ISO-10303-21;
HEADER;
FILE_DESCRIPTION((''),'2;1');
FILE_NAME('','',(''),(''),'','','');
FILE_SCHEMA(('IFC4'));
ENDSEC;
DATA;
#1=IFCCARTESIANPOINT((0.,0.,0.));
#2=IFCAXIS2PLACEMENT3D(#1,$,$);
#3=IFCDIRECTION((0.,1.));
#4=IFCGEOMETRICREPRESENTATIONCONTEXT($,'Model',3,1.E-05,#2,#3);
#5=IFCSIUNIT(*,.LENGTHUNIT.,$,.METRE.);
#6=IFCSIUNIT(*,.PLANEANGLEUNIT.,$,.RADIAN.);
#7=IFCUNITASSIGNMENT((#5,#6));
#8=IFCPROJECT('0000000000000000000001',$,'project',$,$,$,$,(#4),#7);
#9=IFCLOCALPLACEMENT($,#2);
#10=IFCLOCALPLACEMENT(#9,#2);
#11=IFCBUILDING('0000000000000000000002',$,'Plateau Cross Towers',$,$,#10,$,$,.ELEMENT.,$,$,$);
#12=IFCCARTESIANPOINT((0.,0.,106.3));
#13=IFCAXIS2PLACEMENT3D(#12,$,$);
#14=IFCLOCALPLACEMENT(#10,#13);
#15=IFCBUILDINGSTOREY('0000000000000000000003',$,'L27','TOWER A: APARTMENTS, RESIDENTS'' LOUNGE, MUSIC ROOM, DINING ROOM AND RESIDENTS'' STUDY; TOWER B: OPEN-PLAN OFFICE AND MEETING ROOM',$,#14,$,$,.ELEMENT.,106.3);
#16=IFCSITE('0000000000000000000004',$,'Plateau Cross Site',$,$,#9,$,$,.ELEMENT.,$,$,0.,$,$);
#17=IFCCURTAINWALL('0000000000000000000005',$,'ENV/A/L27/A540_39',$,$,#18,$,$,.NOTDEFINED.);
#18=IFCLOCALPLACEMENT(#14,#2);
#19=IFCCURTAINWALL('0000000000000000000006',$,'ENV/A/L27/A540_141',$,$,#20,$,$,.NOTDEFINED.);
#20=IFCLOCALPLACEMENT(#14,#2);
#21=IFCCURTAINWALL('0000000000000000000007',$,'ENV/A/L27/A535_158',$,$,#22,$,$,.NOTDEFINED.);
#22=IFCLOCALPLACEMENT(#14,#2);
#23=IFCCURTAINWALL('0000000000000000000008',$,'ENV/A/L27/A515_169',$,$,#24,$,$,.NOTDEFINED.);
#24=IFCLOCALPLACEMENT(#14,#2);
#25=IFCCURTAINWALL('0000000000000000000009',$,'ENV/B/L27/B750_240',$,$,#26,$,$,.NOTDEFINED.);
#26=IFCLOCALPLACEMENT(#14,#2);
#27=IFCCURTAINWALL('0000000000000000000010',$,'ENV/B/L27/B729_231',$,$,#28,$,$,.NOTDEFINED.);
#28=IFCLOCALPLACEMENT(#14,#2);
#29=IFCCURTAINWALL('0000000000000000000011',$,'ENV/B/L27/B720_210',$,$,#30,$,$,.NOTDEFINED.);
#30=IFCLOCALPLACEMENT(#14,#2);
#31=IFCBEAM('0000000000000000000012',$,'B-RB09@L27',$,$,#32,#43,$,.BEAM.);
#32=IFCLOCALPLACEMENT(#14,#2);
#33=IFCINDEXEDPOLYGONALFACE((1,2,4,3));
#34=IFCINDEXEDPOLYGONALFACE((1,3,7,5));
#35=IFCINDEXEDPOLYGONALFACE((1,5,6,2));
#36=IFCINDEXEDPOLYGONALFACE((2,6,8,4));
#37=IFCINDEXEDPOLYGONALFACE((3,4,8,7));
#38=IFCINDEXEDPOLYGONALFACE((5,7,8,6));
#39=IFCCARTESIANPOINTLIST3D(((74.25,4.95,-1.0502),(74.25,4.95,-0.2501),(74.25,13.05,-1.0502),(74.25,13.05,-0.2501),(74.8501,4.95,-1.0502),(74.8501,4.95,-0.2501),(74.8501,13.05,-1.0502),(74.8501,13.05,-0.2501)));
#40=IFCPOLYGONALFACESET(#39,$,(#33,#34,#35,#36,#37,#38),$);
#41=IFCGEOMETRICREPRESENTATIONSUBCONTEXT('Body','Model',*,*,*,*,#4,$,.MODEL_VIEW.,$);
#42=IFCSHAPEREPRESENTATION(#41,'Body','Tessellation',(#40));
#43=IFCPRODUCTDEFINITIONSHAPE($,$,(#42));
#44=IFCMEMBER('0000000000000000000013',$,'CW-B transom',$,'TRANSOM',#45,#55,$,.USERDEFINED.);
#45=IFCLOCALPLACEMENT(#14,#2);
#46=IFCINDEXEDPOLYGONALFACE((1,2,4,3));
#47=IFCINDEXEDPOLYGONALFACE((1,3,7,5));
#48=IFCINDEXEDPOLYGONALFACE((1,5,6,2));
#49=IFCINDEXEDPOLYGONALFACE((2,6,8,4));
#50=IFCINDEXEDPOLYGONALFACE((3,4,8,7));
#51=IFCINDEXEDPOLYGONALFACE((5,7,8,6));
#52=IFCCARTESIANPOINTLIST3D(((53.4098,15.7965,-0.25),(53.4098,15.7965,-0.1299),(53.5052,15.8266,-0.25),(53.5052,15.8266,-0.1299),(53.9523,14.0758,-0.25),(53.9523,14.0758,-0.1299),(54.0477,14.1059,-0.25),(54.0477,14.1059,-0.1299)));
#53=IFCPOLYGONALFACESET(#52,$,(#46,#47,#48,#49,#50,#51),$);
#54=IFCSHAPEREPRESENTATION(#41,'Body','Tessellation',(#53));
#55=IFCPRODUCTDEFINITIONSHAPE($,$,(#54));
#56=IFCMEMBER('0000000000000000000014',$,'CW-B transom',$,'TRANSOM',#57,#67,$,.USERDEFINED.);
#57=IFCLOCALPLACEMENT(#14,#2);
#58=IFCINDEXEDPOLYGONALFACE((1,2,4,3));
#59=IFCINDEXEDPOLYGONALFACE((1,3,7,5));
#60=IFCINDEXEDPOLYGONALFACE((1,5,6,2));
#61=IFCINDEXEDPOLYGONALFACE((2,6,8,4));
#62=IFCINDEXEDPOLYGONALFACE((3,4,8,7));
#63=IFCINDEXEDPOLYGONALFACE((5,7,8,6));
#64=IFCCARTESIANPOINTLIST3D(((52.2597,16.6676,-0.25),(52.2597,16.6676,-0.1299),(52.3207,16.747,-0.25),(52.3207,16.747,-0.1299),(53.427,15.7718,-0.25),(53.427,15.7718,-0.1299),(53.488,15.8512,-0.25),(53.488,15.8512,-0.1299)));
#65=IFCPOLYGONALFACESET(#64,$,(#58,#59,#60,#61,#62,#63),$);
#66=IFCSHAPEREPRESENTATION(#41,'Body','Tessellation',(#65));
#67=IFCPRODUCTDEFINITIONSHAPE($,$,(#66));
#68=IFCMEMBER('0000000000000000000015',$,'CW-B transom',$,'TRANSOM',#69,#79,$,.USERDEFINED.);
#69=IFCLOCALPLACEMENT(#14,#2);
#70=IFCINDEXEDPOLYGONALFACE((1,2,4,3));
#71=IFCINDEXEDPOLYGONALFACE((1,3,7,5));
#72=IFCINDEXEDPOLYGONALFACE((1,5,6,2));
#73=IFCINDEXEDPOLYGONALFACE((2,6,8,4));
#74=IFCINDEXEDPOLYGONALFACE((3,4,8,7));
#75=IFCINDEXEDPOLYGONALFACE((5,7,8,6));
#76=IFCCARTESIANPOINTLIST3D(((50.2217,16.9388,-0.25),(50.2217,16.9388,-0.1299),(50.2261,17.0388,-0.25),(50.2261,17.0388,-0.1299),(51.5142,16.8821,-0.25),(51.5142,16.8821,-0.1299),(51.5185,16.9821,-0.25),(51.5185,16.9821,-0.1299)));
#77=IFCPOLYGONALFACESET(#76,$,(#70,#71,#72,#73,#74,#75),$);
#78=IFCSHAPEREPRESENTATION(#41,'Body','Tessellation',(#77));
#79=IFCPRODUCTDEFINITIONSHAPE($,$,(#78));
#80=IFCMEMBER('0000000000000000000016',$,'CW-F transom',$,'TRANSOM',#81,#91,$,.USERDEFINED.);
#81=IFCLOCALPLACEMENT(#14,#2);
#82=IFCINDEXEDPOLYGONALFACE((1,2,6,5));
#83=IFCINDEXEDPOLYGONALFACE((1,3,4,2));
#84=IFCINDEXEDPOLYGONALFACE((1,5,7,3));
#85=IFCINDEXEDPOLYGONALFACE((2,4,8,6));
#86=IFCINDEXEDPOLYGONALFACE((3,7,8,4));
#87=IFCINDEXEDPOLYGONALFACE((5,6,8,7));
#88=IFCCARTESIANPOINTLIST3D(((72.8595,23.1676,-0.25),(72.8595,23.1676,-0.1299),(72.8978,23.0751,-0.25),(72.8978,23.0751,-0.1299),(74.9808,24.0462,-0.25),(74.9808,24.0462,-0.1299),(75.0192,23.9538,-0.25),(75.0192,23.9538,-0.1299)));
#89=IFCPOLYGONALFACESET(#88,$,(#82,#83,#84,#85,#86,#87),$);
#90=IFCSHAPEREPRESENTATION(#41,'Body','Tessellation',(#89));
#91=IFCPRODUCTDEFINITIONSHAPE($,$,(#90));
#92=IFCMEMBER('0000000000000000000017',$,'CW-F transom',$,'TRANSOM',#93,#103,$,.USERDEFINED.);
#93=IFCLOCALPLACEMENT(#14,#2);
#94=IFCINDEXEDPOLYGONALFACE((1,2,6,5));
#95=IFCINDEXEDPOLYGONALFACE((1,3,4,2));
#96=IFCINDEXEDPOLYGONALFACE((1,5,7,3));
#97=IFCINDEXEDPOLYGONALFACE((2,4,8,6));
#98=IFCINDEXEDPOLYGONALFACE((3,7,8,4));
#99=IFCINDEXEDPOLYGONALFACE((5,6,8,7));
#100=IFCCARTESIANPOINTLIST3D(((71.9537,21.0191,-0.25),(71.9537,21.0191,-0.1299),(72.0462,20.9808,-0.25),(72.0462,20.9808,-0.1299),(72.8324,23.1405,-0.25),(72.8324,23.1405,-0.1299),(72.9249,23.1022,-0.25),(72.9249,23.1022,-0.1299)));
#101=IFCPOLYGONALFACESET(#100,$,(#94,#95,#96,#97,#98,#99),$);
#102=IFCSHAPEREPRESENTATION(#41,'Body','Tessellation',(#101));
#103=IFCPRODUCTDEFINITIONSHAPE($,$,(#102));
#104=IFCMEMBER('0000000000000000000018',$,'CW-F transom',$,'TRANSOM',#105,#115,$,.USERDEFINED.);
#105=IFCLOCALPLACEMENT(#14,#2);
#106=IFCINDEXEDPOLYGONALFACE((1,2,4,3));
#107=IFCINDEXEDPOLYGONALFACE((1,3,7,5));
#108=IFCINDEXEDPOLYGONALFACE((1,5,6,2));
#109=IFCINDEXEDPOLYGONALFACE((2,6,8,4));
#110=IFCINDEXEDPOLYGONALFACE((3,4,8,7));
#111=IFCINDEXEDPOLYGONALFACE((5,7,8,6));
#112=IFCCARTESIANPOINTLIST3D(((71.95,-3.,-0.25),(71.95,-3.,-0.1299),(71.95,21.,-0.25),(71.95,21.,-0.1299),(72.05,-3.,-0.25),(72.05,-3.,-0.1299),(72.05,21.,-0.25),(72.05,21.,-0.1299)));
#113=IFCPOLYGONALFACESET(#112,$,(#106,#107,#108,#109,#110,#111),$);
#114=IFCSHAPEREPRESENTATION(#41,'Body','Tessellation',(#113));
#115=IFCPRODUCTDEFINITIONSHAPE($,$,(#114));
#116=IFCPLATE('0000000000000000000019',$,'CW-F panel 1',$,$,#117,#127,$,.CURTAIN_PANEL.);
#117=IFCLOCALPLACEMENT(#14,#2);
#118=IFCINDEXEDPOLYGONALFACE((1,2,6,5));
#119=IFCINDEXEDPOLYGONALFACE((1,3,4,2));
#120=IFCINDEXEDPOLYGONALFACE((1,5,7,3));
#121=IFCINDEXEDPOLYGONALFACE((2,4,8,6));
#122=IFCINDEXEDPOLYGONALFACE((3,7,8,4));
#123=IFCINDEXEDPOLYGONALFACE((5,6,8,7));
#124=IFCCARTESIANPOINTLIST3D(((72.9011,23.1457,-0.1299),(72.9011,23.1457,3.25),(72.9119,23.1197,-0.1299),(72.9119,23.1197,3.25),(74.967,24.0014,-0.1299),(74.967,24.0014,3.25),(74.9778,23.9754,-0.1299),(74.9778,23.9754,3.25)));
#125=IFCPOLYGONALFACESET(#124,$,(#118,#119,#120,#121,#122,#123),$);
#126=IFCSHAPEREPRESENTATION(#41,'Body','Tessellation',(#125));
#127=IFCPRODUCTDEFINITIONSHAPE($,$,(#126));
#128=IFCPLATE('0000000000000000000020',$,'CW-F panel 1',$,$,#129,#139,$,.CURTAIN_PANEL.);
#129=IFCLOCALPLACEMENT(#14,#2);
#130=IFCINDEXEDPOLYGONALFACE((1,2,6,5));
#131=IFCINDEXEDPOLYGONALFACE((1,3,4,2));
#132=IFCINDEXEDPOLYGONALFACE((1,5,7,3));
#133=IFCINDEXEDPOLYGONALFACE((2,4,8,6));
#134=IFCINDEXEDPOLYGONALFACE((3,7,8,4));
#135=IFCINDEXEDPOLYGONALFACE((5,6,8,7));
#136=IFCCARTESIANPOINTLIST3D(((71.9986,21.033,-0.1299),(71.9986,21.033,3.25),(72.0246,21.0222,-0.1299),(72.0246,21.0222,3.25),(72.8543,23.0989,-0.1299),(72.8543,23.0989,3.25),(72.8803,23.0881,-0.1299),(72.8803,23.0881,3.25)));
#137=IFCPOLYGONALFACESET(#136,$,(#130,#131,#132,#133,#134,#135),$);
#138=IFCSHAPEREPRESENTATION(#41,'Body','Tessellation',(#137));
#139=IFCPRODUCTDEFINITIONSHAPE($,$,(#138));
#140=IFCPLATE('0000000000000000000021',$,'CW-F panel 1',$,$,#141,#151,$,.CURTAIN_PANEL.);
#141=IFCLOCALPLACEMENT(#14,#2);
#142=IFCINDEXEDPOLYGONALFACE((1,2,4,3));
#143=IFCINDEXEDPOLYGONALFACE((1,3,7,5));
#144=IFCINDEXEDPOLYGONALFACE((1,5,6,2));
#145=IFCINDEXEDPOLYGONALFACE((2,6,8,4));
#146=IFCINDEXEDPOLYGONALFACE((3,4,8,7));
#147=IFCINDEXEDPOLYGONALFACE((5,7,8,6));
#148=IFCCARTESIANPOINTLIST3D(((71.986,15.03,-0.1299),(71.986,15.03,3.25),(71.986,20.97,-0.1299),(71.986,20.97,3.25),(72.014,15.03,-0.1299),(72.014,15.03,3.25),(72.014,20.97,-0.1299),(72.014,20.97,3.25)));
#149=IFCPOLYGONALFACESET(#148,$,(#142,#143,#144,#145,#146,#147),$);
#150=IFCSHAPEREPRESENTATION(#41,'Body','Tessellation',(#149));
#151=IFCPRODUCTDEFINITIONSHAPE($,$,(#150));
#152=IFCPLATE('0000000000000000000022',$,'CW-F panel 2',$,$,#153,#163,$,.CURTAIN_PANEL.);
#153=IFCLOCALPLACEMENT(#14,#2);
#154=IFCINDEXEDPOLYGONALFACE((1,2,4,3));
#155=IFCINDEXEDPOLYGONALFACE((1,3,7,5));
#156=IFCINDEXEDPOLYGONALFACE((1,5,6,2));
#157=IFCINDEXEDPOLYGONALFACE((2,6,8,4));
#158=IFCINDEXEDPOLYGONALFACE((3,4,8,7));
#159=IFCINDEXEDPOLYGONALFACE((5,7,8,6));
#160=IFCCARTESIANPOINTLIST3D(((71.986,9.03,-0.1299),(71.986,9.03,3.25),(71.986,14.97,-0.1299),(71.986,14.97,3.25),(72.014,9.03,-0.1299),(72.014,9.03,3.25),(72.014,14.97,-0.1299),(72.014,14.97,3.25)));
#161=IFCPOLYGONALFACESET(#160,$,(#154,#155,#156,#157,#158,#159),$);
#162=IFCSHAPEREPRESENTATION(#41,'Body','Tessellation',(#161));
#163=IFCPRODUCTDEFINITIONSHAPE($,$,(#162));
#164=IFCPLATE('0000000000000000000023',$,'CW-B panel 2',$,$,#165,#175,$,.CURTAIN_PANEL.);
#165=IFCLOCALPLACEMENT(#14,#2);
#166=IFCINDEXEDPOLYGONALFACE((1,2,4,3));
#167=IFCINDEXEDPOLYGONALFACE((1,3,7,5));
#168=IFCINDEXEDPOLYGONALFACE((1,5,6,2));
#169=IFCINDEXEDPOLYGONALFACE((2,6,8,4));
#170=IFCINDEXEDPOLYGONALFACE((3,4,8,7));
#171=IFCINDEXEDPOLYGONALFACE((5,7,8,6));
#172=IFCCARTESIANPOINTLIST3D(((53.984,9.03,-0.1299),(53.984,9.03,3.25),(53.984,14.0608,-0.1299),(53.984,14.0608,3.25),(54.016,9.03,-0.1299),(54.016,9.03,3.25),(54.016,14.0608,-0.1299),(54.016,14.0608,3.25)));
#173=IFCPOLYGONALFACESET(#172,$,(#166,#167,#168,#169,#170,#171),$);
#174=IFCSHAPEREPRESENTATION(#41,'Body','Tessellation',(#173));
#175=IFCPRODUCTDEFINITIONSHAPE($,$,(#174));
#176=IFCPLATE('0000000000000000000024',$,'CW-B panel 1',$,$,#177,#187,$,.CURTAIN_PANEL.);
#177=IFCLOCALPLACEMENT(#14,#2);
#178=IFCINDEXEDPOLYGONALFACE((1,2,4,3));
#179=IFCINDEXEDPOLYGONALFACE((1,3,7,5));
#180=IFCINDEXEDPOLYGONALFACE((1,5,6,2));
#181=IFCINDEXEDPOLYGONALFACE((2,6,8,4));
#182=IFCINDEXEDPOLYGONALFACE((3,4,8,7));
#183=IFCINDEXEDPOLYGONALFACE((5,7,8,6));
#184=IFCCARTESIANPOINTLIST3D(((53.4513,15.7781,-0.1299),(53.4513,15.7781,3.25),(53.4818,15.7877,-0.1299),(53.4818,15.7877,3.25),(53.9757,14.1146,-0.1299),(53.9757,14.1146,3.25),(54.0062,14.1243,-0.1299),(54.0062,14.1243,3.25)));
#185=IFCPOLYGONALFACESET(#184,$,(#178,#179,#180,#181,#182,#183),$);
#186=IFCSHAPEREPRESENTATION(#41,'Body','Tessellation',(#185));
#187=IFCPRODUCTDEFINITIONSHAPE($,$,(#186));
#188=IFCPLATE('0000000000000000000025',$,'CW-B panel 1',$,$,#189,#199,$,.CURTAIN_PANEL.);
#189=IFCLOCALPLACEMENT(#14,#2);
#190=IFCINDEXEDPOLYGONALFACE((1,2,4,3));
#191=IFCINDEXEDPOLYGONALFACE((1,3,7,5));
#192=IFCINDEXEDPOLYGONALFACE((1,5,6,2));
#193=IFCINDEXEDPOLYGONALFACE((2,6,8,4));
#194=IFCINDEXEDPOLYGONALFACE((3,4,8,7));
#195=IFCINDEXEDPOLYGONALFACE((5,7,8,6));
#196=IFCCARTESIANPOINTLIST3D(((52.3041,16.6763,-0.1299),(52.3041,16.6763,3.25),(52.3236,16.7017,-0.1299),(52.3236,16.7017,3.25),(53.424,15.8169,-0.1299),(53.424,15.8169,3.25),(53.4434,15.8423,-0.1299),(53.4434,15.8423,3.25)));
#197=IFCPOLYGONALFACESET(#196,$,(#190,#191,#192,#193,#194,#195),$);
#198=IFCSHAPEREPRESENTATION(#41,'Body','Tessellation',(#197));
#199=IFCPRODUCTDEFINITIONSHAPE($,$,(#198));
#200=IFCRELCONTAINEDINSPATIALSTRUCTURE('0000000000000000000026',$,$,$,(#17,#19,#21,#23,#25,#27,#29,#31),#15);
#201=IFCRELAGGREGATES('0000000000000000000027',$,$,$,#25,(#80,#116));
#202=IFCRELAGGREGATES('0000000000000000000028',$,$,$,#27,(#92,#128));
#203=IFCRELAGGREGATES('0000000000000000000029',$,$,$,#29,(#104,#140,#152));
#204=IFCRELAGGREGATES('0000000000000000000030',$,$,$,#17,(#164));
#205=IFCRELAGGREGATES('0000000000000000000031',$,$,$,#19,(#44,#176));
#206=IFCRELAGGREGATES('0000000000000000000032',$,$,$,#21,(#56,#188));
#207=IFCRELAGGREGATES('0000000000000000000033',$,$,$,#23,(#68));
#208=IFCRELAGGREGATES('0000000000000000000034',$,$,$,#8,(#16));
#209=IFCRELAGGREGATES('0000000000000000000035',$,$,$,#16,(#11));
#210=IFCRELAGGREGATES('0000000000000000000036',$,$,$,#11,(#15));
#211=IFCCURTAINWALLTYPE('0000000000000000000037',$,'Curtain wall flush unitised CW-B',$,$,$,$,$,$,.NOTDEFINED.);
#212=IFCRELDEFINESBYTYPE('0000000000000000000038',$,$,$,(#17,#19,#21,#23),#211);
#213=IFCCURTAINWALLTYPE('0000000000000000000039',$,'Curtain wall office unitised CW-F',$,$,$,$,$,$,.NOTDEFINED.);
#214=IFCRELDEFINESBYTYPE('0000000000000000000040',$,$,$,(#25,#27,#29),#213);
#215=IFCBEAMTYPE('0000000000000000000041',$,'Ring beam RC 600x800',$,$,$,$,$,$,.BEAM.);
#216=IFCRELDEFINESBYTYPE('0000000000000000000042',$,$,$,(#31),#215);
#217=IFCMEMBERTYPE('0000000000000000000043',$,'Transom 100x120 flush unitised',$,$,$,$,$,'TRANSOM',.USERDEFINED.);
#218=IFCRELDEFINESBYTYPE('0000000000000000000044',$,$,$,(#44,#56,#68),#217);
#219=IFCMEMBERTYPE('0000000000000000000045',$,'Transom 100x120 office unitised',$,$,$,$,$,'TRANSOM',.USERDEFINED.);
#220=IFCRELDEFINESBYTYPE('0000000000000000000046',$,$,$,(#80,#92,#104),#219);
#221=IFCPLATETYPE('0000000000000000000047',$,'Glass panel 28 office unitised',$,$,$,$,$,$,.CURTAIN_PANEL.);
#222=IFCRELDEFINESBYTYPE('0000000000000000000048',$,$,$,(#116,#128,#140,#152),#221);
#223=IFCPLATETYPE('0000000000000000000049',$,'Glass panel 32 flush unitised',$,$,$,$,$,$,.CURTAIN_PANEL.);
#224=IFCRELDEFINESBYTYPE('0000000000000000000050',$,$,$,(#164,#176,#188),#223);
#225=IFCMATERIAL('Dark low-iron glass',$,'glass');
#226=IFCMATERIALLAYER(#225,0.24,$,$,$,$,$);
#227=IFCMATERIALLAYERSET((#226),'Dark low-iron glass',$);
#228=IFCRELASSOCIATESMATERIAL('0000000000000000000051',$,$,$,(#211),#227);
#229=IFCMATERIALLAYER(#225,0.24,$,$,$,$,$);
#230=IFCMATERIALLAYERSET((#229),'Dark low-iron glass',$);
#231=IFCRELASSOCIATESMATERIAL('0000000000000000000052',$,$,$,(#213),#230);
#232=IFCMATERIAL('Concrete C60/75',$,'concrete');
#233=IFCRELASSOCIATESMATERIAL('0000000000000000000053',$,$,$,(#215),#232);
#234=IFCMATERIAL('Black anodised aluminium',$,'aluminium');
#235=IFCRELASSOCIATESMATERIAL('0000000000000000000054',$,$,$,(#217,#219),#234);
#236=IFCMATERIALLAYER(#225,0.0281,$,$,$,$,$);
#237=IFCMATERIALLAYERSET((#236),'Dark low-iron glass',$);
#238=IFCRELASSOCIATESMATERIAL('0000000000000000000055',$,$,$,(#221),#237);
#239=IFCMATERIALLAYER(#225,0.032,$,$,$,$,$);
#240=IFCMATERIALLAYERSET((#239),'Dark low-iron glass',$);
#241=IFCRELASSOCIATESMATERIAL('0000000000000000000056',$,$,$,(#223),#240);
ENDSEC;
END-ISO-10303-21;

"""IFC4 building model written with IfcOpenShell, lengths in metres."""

from ifc_helpers import new_model, si_unit, direction, frame, origin, origin_2d, place, context, subcontext, project, spatial, rectangle, extrude, material, layer, layer_set, material_profile, profile_set, type_object, element, aggregate, save


model = new_model("IFC4")

# Units and contexts
model_context = context("Model", 3, precision=1e-05, world=origin(), true_north=direction((0.0, 1.0)))
body_context = subcontext(model_context, "Body", "Model", "MODEL_VIEW")
ifc_project = project(units=[si_unit("LENGTHUNIT", "METRE"), si_unit("PLANEANGLEUNIT", "RADIAN")], contexts=[model_context])

# Site, building, storey
site_placement = place(None, origin())
site = spatial("IfcSite", under=ifc_project, at=site_placement, Name="Plateau Cross Site", CompositionType="ELEMENT", RefElevation=0.0)
building_placement = place(site_placement, origin())
building = spatial("IfcBuilding", under=site, at=building_placement, Name="Plateau Cross Towers", CompositionType="ELEMENT")
storey_placement = place(building_placement, frame((0.0, 0.0, 106.3)))
storey = spatial("IfcBuildingStorey", under=building, at=storey_placement, Name="L27", Description="TOWER A: APARTMENTS, RESIDENTS' LOUNGE, MUSIC ROOM, DINING ROOM AND RESIDENTS' STUDY; TOWER B: OPEN-PLAN OFFICE AND MEETING ROOM", CompositionType="ELEMENT", Elevation=106.3)

# Shared definitions
ifc_material_1 = material(Name="Concrete C60/75", Category="concrete")

# Curtain walls
ifc_material_2 = material(Name="Dark low-iron glass", Category="glass")
ifc_layer_1 = layer(ifc_material_2, 0.24)
ifc_layer_set_1 = layer_set([ifc_layer_1], Name="Dark low-iron glass")
curtain_wall_type_1 = type_object("IfcCurtainWallType", Name="Curtain wall flush unitised CW-B", PredefinedType="NOTDEFINED", material=ifc_layer_set_1)
curtain_wall_1_placement = place(storey_placement, origin())
curtain_wall_1 = element("IfcCurtainWall", 1, at=curtain_wall_1_placement, inside=storey, type_object=curtain_wall_type_1, Name="ENV/A/L27/A540_39", PredefinedType="NOTDEFINED")
ifc_material_3 = material(Name="Black anodised aluminium", Category="aluminium")
curtain_wall_2_placement = place(storey_placement, origin())
curtain_wall_2 = element("IfcCurtainWall", 2, at=curtain_wall_2_placement, inside=storey, type_object=curtain_wall_type_1, Name="ENV/A/L27/A540_141", PredefinedType="NOTDEFINED")

# Curtain wall
curtain_wall_3_placement = place(storey_placement, origin())
curtain_wall_3 = element("IfcCurtainWall", 3, at=curtain_wall_3_placement, inside=storey, type_object=curtain_wall_type_1, Name="ENV/A/L27/A535_158", PredefinedType="NOTDEFINED")

# Curtain walls
curtain_wall_4_placement = place(storey_placement, origin())
curtain_wall_4 = element("IfcCurtainWall", 4, at=curtain_wall_4_placement, inside=storey, type_object=curtain_wall_type_1, Name="ENV/A/L27/A515_169", PredefinedType="NOTDEFINED")
ifc_layer_2 = layer(ifc_material_2, 0.24)
ifc_layer_set_2 = layer_set([ifc_layer_2], Name="Dark low-iron glass")
curtain_wall_type_2 = type_object("IfcCurtainWallType", Name="Curtain wall office unitised CW-F", PredefinedType="NOTDEFINED", material=ifc_layer_set_2)
curtain_wall_5_placement = place(storey_placement, origin())
curtain_wall_5 = element("IfcCurtainWall", 5, at=curtain_wall_5_placement, inside=storey, type_object=curtain_wall_type_2, Name="ENV/B/L27/B750_240", PredefinedType="NOTDEFINED")
curtain_wall_6_placement = place(storey_placement, origin())
curtain_wall_6 = element("IfcCurtainWall", 6, at=curtain_wall_6_placement, inside=storey, type_object=curtain_wall_type_2, Name="ENV/B/L27/B729_231", PredefinedType="NOTDEFINED")

# Curtain wall
curtain_wall_7_placement = place(storey_placement, origin())
curtain_wall_7 = element("IfcCurtainWall", 7, at=curtain_wall_7_placement, inside=storey, type_object=curtain_wall_type_2, Name="ENV/B/L27/B720_210", PredefinedType="NOTDEFINED")

# Beam
ifc_material_profile_1 = material_profile(ifc_material_1, rectangle(XDim=0.6001, YDim=0.8, at=origin_2d()), Name="RC 600x800")
ifc_profile_set_1 = profile_set([ifc_material_profile_1], Name="Concrete C60/75")
beam_type = type_object("IfcBeamType", Name="Ring beam RC 600x800", PredefinedType="BEAM", material=ifc_profile_set_1)
for number, where, z_axis, x_axis, name in (
    (8, (74.55, 13.05, -0.6501), (0.0, -1.0, 0.0), (1.0, 0.0, 0.0), "B-RB09@L27"),
):
    element("IfcBeam", number, at=place(storey_placement, frame(where, z_axis=z_axis, x_axis=x_axis)), inside=storey, type_object=beam_type, Name=name, PredefinedType="BEAM", context=body_context, shape_type="SweptSolid", body=[
        extrude(rectangle(XDim=0.6001, YDim=0.8, at=origin_2d()), origin(), (0.0, 0.0, 1.0), 8.1001),
    ])

# Members
ifc_material_profile_2 = material_profile(ifc_material_3, rectangle(XDim=0.1001, YDim=0.1201, at=origin_2d()), Name="TRANSOM 100x120")
ifc_profile_set_2 = profile_set([ifc_material_profile_2], Name="Black anodised aluminium")
member_type_1 = type_object("IfcMemberType", Name="Transom 100x120 flush unitised", ElementType="TRANSOM", PredefinedType="USERDEFINED", material=ifc_profile_set_2)
member_1_placement = place(storey_placement, frame((54.0, 14.0908, -0.1899), z_axis=(-0.300678, 0.953726, 0.0), x_axis=(-0.953726, -0.300678, 0.0)))
member_1 = element("IfcMember", 9, at=member_1_placement, type_object=member_type_1, Name="CW-B transom", ObjectType="TRANSOM", PredefinedType="USERDEFINED", context=body_context, shape_type="SweptSolid", body=[
    extrude(rectangle(XDim=0.1001, YDim=0.1201, at=origin_2d()), origin(), (0.0, 0.0, 1.0), 1.8042),
])
member_2_placement = place(storey_placement, frame((53.4575, 15.8115, -0.1899), z_axis=(-0.793321, 0.608804, 0.0), x_axis=(-0.608804, -0.793321, 0.0)))
member_2 = element("IfcMember", 10, at=member_2_placement, type_object=member_type_1, Name="CW-B transom", ObjectType="TRANSOM", PredefinedType="USERDEFINED", context=body_context, shape_type="SweptSolid", body=[
    extrude(rectangle(XDim=0.1001, YDim=0.1201, at=origin_2d()), origin(), (0.0, 0.0, 1.0), 1.4714),
])
member_3_placement = place(storey_placement, frame((51.5164, 16.9321, -0.1899), z_axis=(-0.999041, 0.043781, 0.0), x_axis=(-0.043781, -0.999041, 0.0)))
member_3 = element("IfcMember", 11, at=member_3_placement, type_object=member_type_1, Name="CW-B transom", ObjectType="TRANSOM", PredefinedType="USERDEFINED", context=body_context, shape_type="SweptSolid", body=[
    extrude(rectangle(XDim=0.1001, YDim=0.1201, at=origin_2d()), origin(), (0.0, 0.0, 1.0), 1.2937),
])
ifc_material_profile_3 = material_profile(ifc_material_3, rectangle(XDim=0.1001, YDim=0.1201, at=origin_2d()), Name="TRANSOM 100x120")
ifc_profile_set_3 = profile_set([ifc_material_profile_3], Name="Black anodised aluminium")
member_type_2 = type_object("IfcMemberType", Name="Transom 100x120 office unitised", ElementType="TRANSOM", PredefinedType="USERDEFINED", material=ifc_profile_set_3)
member_4_placement = place(storey_placement, frame((75.0, 24.0, -0.1899), z_axis=(-0.923883, -0.382674, 0.0), x_axis=(0.382674, -0.923883, 0.0)))
member_4 = element("IfcMember", 12, at=member_4_placement, type_object=member_type_2, Name="CW-F transom", ObjectType="TRANSOM", PredefinedType="USERDEFINED", context=body_context, shape_type="SweptSolid", body=[
    extrude(rectangle(XDim=0.1001, YDim=0.1201, at=origin_2d()), origin(), (0.0, 0.0, 1.0), 2.2961),
])
member_5_placement = place(storey_placement, frame((72.8787, 23.1213, -0.1899), z_axis=(-0.382674, -0.923883, 0.0), x_axis=(0.923883, -0.382674, 0.0)))
member_5 = element("IfcMember", 13, at=member_5_placement, type_object=member_type_2, Name="CW-F transom", ObjectType="TRANSOM", PredefinedType="USERDEFINED", context=body_context, shape_type="SweptSolid", body=[
    extrude(rectangle(XDim=0.1001, YDim=0.1201, at=origin_2d()), origin(), (0.0, 0.0, 1.0), 2.2961),
])
member_6_placement = place(storey_placement, frame((72.0, 21.0, -0.1899), z_axis=(0.0, -1.0, 0.0), x_axis=(1.0, 0.0, 0.0)))
member_6 = element("IfcMember", 14, at=member_6_placement, type_object=member_type_2, Name="CW-F transom", ObjectType="TRANSOM", PredefinedType="USERDEFINED", context=body_context, shape_type="SweptSolid", body=[
    extrude(rectangle(XDim=0.1001, YDim=0.1201, at=origin_2d()), origin(), (0.0, 0.0, 1.0), 24.0),
])

# Plates
ifc_layer_3 = layer(ifc_material_2, 0.0281)
ifc_layer_set_3 = layer_set([ifc_layer_3], Name="Dark low-iron glass")
plate_type_1 = type_object("IfcPlateType", Name="Glass panel 28 office unitised", PredefinedType="CURTAIN_PANEL", material=ifc_layer_set_3)
plate_1_placement = place(storey_placement, frame((73.9395, 23.5605, -0.1299), z_axis=(0.0, 0.0, 1.0), x_axis=(-0.923879, -0.382684, 0.0)))
plate_1 = element("IfcPlate", 15, at=plate_1_placement, type_object=plate_type_1, Name="CW-F panel 1", PredefinedType="CURTAIN_PANEL", context=body_context, shape_type="SweptSolid", body=[
    extrude(rectangle(XDim=2.2361, YDim=0.0281, at=origin_2d()), origin(), (0.0, 0.0, 1.0), 3.3799),
])
aggregate(curtain_wall_5, [member_4, plate_1])
plate_2_placement = place(storey_placement, frame((72.4395, 22.0605, -0.1299), z_axis=(0.0, 0.0, 1.0), x_axis=(-0.382684, -0.923879, 0.0)))
plate_2 = element("IfcPlate", 16, at=plate_2_placement, type_object=plate_type_1, Name="CW-F panel 1", PredefinedType="CURTAIN_PANEL", context=body_context, shape_type="SweptSolid", body=[
    extrude(rectangle(XDim=2.2361, YDim=0.0281, at=origin_2d()), origin(), (0.0, 0.0, 1.0), 3.3799),
])
aggregate(curtain_wall_6, [member_5, plate_2])
plate_3_placement = place(storey_placement, frame((72.0, 18.0, -0.1299), z_axis=(0.0, 0.0, 1.0), x_axis=(0.0, -1.0, 0.0)))
plate_3 = element("IfcPlate", 17, at=plate_3_placement, type_object=plate_type_1, Name="CW-F panel 1", PredefinedType="CURTAIN_PANEL", context=body_context, shape_type="SweptSolid", body=[
    extrude(rectangle(XDim=5.9399, YDim=0.0281, at=origin_2d()), origin(), (0.0, 0.0, 1.0), 3.3799),
])
plate_4_placement = place(storey_placement, frame((72.0, 12.0, -0.1299), z_axis=(0.0, 0.0, 1.0), x_axis=(0.0, -1.0, 0.0)))
plate_4 = element("IfcPlate", 18, at=plate_4_placement, type_object=plate_type_1, Name="CW-F panel 2", PredefinedType="CURTAIN_PANEL", context=body_context, shape_type="SweptSolid", body=[
    extrude(rectangle(XDim=5.9399, YDim=0.0281, at=origin_2d()), origin(), (0.0, 0.0, 1.0), 3.3799),
])
aggregate(curtain_wall_7, [member_6, plate_3, plate_4])
ifc_layer_4 = layer(ifc_material_2, 0.032)
ifc_layer_set_4 = layer_set([ifc_layer_4], Name="Dark low-iron glass")
plate_type_2 = type_object("IfcPlateType", Name="Glass panel 32 flush unitised", PredefinedType="CURTAIN_PANEL", material=ifc_layer_set_4)
plate_5_placement = place(storey_placement, frame((54.0, 11.5454, -0.1299), z_axis=(0.0, 0.0, 1.0), x_axis=(0.0, 1.0, 0.0)))
plate_5 = element("IfcPlate", 19, at=plate_5_placement, type_object=plate_type_2, Name="CW-B panel 2", PredefinedType="CURTAIN_PANEL", context=body_context, shape_type="SweptSolid", body=[
    extrude(rectangle(XDim=5.0308, YDim=0.032, at=origin_2d()), origin(), (0.0, 0.0, 1.0), 3.3799),
])
aggregate(curtain_wall_1, [plate_5])
plate_6_placement = place(storey_placement, frame((53.7288, 14.9512, -0.1299), z_axis=(0.0, 0.0, 1.0), x_axis=(-0.300686, 0.953723, 0.0)))
plate_6 = element("IfcPlate", 20, at=plate_6_placement, type_object=plate_type_2, Name="CW-B panel 1", PredefinedType="CURTAIN_PANEL", context=body_context, shape_type="SweptSolid", body=[
    extrude(rectangle(XDim=1.7441, YDim=0.032, at=origin_2d()), origin(), (0.0, 0.0, 1.0), 3.3799),
])
aggregate(curtain_wall_2, [member_1, plate_6])
plate_7_placement = place(storey_placement, frame((52.8738, 16.2593, -0.1299), z_axis=(0.0, 0.0, 1.0), x_axis=(-0.793316, 0.608811, 0.0)))
plate_7 = element("IfcPlate", 21, at=plate_7_placement, type_object=plate_type_2, Name="CW-B panel 1", PredefinedType="CURTAIN_PANEL", context=body_context, shape_type="SweptSolid", body=[
    extrude(rectangle(XDim=1.4116, YDim=0.032, at=origin_2d()), origin(), (0.0, 0.0, 1.0), 3.3799),
])
aggregate(curtain_wall_3, [member_2, plate_7])
aggregate(curtain_wall_4, [member_3])

save(model, "model.ifc")
